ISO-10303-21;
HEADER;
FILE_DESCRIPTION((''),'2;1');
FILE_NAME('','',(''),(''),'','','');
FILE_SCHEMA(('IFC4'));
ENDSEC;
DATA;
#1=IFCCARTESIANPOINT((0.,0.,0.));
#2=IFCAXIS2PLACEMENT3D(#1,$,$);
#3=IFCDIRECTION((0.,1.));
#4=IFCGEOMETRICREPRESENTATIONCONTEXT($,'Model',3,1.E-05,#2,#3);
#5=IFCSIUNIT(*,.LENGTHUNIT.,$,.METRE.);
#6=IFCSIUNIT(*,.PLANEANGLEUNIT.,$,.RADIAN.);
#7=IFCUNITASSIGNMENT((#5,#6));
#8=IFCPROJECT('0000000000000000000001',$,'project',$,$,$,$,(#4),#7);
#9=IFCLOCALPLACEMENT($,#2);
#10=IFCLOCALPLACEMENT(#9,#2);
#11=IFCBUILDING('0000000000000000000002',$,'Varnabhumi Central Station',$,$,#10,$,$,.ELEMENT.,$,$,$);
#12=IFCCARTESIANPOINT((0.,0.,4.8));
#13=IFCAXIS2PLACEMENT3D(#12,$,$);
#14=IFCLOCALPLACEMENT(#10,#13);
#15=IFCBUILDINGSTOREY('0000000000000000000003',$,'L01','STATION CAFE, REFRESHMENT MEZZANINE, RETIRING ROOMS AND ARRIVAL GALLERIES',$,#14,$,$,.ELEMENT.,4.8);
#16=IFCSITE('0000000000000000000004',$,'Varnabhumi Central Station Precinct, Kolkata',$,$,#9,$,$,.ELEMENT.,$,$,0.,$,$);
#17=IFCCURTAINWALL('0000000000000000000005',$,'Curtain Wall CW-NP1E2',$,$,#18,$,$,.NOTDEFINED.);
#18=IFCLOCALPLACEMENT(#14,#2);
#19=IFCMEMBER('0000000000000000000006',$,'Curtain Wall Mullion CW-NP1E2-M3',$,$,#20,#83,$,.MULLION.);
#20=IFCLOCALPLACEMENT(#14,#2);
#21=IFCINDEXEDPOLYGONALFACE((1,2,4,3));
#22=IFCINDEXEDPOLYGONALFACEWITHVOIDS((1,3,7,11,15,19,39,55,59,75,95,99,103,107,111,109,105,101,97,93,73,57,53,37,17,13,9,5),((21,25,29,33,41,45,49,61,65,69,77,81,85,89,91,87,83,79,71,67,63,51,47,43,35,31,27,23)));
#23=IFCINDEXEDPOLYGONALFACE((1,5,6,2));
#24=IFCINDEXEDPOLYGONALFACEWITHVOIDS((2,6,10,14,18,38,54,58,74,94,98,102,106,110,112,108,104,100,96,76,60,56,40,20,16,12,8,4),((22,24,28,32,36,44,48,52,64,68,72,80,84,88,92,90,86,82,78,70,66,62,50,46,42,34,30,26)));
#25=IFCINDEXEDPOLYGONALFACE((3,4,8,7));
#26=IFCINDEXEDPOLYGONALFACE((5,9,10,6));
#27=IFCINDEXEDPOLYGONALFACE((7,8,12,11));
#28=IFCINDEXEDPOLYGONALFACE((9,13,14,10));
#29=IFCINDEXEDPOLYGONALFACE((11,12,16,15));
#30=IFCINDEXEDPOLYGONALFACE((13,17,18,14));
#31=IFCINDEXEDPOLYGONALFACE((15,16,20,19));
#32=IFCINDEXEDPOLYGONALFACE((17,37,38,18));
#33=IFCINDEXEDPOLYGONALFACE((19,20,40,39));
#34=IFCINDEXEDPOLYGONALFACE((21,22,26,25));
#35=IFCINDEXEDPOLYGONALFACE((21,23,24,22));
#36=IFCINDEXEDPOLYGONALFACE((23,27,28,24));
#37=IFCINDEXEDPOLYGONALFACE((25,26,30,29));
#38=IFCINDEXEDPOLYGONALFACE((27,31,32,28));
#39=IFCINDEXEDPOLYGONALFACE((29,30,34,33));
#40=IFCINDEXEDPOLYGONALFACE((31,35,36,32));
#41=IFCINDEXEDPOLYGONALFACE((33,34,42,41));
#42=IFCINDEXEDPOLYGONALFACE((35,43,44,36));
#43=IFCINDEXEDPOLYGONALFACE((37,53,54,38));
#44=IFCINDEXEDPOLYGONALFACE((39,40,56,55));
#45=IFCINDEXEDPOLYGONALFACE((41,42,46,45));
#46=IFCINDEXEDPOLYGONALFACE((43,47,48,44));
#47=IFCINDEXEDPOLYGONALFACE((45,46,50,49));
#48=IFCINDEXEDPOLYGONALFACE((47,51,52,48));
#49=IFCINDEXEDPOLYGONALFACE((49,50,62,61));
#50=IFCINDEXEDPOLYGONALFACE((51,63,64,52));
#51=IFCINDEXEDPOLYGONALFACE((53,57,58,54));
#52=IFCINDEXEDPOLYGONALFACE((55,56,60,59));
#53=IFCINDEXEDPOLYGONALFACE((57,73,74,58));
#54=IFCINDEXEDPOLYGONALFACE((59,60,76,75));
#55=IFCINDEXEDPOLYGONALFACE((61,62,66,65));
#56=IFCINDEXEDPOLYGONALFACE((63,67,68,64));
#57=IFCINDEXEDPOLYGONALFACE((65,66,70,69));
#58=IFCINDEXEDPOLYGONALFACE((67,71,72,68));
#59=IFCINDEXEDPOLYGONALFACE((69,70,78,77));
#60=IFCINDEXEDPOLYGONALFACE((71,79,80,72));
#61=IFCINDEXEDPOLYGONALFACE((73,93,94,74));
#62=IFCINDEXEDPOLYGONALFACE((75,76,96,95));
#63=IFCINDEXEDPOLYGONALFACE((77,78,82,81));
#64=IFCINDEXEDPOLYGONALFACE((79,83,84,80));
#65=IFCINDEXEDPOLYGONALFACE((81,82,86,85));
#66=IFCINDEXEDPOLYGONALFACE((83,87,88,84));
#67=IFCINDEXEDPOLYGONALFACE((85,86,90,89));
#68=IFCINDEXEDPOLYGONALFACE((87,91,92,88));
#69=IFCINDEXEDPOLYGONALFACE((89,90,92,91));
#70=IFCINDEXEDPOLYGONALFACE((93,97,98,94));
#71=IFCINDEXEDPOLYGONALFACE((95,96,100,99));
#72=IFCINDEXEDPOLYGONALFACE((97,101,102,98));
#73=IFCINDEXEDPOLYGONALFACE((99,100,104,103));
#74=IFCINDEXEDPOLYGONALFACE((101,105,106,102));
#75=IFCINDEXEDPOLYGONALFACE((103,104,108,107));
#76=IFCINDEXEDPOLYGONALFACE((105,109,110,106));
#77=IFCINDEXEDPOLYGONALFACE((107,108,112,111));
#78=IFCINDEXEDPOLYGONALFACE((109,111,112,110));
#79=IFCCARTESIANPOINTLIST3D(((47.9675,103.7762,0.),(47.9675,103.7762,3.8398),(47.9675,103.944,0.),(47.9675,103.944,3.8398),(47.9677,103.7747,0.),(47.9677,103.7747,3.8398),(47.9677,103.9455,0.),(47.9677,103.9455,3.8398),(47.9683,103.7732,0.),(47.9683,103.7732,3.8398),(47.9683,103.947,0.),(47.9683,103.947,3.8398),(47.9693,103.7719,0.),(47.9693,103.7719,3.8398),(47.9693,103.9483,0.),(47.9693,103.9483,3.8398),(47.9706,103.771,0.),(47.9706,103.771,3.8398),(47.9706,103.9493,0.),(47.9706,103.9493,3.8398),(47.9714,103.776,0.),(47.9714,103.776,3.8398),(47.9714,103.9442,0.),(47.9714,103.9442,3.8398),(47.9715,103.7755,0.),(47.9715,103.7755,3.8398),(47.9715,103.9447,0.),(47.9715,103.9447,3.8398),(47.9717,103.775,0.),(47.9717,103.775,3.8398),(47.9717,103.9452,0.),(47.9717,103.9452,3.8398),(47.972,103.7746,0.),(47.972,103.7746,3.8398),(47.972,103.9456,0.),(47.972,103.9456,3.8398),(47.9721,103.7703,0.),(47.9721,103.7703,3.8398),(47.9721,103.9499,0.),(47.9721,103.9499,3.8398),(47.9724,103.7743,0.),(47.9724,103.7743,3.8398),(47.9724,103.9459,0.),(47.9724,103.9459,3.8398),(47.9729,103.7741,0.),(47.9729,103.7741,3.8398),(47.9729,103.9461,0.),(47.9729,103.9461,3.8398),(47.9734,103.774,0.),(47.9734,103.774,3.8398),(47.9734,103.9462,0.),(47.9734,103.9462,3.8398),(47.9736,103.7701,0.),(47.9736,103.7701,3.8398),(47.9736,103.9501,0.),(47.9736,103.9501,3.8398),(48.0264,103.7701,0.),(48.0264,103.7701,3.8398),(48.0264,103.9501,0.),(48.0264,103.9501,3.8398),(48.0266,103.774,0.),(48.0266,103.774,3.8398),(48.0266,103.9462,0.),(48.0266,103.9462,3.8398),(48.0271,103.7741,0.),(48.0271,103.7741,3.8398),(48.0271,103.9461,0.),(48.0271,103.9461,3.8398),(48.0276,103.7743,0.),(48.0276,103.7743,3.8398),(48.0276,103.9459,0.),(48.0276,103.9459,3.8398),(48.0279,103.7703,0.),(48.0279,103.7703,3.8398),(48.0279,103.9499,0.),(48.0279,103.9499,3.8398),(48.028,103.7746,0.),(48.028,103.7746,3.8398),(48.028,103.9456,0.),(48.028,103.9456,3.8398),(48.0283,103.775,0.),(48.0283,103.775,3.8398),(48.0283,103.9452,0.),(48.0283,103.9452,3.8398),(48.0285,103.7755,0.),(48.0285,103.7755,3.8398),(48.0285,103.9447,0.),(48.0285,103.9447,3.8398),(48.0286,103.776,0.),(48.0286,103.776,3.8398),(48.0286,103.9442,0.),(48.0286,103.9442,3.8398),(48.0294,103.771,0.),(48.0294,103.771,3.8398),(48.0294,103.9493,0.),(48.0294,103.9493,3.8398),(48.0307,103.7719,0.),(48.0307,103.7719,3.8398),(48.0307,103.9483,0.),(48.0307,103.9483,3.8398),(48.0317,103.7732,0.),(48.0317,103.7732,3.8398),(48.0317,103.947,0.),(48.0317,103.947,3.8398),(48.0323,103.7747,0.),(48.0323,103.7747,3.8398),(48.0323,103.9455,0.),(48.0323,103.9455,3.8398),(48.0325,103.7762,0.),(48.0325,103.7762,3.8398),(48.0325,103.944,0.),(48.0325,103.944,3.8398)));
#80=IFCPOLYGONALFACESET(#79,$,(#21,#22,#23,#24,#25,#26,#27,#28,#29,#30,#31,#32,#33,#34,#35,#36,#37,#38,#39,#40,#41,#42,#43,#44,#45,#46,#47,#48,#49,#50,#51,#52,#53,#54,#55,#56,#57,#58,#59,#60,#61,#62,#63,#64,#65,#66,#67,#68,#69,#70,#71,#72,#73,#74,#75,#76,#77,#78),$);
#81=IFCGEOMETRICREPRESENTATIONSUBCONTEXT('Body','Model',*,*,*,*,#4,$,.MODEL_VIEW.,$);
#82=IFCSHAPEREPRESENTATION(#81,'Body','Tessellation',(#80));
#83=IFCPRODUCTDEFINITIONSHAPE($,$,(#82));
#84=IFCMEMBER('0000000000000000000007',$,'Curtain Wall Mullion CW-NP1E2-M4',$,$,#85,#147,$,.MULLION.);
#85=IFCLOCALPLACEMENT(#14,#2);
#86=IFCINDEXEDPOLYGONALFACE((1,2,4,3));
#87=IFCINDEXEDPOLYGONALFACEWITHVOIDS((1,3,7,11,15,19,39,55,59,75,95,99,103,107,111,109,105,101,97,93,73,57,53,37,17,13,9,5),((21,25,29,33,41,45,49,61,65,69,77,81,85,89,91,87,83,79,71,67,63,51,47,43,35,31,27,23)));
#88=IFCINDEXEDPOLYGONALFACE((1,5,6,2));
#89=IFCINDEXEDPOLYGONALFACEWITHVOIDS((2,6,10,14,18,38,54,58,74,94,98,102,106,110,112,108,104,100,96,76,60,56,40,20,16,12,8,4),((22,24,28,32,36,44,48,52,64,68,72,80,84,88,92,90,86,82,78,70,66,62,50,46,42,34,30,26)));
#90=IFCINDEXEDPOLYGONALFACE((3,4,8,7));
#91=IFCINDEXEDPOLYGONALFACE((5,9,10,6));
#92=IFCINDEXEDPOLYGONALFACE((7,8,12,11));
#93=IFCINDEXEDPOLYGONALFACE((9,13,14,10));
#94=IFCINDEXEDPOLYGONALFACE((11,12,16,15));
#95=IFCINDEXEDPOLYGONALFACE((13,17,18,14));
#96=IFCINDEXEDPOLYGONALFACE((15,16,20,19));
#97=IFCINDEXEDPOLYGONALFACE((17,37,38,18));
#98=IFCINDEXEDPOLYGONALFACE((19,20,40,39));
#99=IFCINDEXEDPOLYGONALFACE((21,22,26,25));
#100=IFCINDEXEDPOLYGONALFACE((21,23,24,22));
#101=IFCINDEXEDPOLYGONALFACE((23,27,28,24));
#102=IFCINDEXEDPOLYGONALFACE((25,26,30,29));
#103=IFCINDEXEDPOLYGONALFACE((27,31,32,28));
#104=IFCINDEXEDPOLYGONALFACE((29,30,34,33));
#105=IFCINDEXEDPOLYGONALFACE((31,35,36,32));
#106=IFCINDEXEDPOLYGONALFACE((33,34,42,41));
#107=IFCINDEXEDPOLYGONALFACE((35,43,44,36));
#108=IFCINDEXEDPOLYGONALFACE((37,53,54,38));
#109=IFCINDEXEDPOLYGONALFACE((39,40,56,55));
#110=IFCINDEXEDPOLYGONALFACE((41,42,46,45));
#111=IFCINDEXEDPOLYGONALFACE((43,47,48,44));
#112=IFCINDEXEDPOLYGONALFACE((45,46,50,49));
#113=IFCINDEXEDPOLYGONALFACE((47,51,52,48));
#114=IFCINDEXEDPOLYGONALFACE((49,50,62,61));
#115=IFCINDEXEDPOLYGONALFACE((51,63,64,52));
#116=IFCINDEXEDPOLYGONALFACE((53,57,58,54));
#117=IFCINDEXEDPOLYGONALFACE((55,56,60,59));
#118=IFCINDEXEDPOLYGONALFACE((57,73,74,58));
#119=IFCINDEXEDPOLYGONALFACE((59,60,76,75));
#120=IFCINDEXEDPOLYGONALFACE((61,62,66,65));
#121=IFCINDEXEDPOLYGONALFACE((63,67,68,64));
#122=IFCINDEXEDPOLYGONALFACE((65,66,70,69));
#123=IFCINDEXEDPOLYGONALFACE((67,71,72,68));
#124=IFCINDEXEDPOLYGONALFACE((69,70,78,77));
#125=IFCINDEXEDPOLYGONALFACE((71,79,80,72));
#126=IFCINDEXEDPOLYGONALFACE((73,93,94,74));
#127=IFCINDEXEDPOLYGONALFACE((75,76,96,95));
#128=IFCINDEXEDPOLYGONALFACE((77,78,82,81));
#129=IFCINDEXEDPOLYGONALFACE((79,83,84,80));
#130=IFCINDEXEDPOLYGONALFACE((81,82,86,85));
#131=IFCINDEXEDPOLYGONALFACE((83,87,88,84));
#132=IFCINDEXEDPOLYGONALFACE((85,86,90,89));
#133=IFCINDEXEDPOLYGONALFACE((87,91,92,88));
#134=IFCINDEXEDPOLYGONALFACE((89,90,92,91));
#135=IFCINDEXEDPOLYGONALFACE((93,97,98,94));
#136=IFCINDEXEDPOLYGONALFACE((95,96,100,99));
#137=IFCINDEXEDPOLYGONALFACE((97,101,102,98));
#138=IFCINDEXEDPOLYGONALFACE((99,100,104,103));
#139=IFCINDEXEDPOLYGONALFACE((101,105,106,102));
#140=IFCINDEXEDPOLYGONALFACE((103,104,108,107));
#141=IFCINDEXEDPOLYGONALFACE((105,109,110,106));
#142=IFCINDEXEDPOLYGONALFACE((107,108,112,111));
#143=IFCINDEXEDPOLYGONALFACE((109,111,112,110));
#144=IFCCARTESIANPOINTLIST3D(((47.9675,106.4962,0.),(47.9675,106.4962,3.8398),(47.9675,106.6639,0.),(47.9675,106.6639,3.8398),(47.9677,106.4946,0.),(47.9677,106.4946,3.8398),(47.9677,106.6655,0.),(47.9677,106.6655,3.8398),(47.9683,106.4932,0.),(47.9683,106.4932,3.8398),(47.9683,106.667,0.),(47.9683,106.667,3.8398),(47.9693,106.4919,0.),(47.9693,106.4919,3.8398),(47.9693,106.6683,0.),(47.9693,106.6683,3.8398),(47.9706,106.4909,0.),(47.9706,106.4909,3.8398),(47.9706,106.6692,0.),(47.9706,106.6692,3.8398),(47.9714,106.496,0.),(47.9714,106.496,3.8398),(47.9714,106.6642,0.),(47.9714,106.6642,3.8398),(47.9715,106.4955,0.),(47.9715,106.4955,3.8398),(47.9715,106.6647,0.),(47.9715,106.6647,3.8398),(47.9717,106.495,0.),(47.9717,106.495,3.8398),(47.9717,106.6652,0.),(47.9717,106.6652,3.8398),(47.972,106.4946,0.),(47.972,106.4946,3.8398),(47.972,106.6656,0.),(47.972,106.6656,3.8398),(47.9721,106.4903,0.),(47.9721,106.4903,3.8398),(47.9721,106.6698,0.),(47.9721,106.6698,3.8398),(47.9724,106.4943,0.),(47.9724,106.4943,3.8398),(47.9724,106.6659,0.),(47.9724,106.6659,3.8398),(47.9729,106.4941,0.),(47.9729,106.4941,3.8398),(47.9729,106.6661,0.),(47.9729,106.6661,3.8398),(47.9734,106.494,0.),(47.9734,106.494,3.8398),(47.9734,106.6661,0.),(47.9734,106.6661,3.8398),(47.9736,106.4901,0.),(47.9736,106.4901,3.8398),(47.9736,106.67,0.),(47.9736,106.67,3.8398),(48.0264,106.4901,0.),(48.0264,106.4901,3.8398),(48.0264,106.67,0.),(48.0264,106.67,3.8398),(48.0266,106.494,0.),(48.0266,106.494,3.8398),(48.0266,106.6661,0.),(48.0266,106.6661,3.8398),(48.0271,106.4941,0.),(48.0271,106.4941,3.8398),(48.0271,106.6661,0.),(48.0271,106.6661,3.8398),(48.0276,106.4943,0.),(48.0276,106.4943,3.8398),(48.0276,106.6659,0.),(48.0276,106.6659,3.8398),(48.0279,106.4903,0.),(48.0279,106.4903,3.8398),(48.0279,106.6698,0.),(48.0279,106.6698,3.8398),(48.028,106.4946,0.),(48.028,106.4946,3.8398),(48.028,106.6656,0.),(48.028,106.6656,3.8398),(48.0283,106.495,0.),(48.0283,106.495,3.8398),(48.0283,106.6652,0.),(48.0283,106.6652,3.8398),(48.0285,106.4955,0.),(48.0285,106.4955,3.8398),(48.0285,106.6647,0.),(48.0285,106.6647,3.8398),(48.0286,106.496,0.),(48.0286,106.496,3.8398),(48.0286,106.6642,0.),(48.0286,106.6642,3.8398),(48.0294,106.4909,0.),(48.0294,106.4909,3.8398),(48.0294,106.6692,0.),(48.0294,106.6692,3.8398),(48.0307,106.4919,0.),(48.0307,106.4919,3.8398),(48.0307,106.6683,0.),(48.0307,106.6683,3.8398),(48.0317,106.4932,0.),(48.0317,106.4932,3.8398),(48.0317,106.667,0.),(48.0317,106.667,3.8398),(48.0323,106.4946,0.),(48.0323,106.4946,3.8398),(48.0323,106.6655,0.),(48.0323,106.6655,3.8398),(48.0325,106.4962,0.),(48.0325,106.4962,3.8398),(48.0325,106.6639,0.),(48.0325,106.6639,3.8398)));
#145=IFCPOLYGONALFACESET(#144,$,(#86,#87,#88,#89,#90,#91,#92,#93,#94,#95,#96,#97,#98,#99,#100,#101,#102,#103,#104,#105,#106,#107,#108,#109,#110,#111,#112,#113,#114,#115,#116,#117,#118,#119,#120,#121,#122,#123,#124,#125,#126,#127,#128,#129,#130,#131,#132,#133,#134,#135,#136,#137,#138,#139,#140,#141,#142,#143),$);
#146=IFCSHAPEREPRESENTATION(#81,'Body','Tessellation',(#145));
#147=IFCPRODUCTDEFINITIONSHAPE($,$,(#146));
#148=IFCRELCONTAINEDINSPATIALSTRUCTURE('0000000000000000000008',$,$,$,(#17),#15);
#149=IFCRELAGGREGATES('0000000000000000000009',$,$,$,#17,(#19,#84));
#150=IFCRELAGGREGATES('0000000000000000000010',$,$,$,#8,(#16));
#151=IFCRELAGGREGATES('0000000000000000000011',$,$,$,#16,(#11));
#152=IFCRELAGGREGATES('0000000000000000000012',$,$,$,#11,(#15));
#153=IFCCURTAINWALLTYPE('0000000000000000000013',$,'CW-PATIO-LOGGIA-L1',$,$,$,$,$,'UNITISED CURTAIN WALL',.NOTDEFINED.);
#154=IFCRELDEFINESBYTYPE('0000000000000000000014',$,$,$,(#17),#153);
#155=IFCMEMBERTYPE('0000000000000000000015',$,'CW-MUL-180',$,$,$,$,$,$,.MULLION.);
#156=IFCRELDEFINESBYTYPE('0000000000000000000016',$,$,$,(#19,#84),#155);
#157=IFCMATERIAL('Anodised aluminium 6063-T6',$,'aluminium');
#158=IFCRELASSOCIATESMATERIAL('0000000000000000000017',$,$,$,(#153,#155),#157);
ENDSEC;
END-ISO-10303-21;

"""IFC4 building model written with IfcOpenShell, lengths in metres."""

from ifc_helpers import new_model, si_unit, direction, frame, origin, origin_2d, place, context, subcontext, project, spatial, hollow_rectangle, extrude, material, material_profile, profile_set, type_object, element, aggregate, save


model = new_model("IFC4")

# Units and contexts
model_context = context("Model", 3, precision=1e-05, world=origin(), true_north=direction((0.0, 1.0)))
body_context = subcontext(model_context, "Body", "Model", "MODEL_VIEW")
ifc_project = project(units=[si_unit("LENGTHUNIT", "METRE"), si_unit("PLANEANGLEUNIT", "RADIAN")], contexts=[model_context])

# Site, building, storey
site_placement = place(None, origin())
site = spatial("IfcSite", under=ifc_project, at=site_placement, Name="Varnabhumi Central Station Precinct, Kolkata", CompositionType="ELEMENT", RefElevation=0.0)
building_placement = place(site_placement, origin())
building = spatial("IfcBuilding", under=site, at=building_placement, Name="Varnabhumi Central Station", CompositionType="ELEMENT")
storey_placement = place(building_placement, frame((0.0, 0.0, 4.8)))
storey = spatial("IfcBuildingStorey", under=building, at=storey_placement, Name="L01", Description="STATION CAFE, REFRESHMENT MEZZANINE, RETIRING ROOMS AND ARRIVAL GALLERIES", CompositionType="ELEMENT", Elevation=4.8)

# Curtain wall, members
ifc_material_1 = material(Name="Anodised aluminium 6063-T6", Category="aluminium")
curtain_wall_type = type_object("IfcCurtainWallType", Name="CW-PATIO-LOGGIA-L1", ElementType="UNITISED CURTAIN WALL", PredefinedType="NOTDEFINED", material=ifc_material_1)
curtain_wall_1_placement = place(storey_placement, origin())
curtain_wall_1 = element("IfcCurtainWall", 1, at=curtain_wall_1_placement, inside=storey, type_object=curtain_wall_type, Name="Curtain Wall CW-NP1E2", PredefinedType="NOTDEFINED")
ifc_material_profile_1 = material_profile(ifc_material_1, hollow_rectangle(XDim=0.0649, YDim=0.1799, WallThickness=0.0039, InnerFilletRadius=0.002, OuterFilletRadius=0.0061, at=origin_2d()), Name="Anodised aluminium 6063-T6", Category="aluminium")
ifc_profile_set_1 = profile_set([ifc_material_profile_1], Name="Anodised aluminium 6063-T6")
member_type_1 = type_object("IfcMemberType", Name="CW-MUL-180", PredefinedType="MULLION", material=ifc_profile_set_1)
member_1_placement = place(storey_placement, frame((48.0, 103.8601, 0.0), z_axis=(0.0, 0.0, 1.0), x_axis=(1.0, 0.0, 0.0)))
member_1 = element("IfcMember", 2, at=member_1_placement, type_object=member_type_1, Name="Curtain Wall Mullion CW-NP1E2-M3", PredefinedType="MULLION", context=body_context, shape_type="SweptSolid", body=[
    extrude(hollow_rectangle(XDim=0.0649, YDim=0.1799, WallThickness=0.0039, InnerFilletRadius=0.002, OuterFilletRadius=0.0061, at=origin_2d()), origin(), (0.0, 0.0, 1.0), 3.8398),
])
member_2_placement = place(storey_placement, frame((48.0, 106.5801, 0.0), z_axis=(0.0, 0.0, 1.0), x_axis=(1.0, 0.0, 0.0)))
member_2 = element("IfcMember", 3, at=member_2_placement, type_object=member_type_1, Name="Curtain Wall Mullion CW-NP1E2-M4", PredefinedType="MULLION", context=body_context, shape_type="SweptSolid", body=[
    extrude(hollow_rectangle(XDim=0.0649, YDim=0.1799, WallThickness=0.0039, InnerFilletRadius=0.002, OuterFilletRadius=0.0061, at=origin_2d()), origin(), (0.0, 0.0, 1.0), 3.8398),
])

aggregate(curtain_wall_1, [member_1, member_2])

save(model, "model.ifc")
